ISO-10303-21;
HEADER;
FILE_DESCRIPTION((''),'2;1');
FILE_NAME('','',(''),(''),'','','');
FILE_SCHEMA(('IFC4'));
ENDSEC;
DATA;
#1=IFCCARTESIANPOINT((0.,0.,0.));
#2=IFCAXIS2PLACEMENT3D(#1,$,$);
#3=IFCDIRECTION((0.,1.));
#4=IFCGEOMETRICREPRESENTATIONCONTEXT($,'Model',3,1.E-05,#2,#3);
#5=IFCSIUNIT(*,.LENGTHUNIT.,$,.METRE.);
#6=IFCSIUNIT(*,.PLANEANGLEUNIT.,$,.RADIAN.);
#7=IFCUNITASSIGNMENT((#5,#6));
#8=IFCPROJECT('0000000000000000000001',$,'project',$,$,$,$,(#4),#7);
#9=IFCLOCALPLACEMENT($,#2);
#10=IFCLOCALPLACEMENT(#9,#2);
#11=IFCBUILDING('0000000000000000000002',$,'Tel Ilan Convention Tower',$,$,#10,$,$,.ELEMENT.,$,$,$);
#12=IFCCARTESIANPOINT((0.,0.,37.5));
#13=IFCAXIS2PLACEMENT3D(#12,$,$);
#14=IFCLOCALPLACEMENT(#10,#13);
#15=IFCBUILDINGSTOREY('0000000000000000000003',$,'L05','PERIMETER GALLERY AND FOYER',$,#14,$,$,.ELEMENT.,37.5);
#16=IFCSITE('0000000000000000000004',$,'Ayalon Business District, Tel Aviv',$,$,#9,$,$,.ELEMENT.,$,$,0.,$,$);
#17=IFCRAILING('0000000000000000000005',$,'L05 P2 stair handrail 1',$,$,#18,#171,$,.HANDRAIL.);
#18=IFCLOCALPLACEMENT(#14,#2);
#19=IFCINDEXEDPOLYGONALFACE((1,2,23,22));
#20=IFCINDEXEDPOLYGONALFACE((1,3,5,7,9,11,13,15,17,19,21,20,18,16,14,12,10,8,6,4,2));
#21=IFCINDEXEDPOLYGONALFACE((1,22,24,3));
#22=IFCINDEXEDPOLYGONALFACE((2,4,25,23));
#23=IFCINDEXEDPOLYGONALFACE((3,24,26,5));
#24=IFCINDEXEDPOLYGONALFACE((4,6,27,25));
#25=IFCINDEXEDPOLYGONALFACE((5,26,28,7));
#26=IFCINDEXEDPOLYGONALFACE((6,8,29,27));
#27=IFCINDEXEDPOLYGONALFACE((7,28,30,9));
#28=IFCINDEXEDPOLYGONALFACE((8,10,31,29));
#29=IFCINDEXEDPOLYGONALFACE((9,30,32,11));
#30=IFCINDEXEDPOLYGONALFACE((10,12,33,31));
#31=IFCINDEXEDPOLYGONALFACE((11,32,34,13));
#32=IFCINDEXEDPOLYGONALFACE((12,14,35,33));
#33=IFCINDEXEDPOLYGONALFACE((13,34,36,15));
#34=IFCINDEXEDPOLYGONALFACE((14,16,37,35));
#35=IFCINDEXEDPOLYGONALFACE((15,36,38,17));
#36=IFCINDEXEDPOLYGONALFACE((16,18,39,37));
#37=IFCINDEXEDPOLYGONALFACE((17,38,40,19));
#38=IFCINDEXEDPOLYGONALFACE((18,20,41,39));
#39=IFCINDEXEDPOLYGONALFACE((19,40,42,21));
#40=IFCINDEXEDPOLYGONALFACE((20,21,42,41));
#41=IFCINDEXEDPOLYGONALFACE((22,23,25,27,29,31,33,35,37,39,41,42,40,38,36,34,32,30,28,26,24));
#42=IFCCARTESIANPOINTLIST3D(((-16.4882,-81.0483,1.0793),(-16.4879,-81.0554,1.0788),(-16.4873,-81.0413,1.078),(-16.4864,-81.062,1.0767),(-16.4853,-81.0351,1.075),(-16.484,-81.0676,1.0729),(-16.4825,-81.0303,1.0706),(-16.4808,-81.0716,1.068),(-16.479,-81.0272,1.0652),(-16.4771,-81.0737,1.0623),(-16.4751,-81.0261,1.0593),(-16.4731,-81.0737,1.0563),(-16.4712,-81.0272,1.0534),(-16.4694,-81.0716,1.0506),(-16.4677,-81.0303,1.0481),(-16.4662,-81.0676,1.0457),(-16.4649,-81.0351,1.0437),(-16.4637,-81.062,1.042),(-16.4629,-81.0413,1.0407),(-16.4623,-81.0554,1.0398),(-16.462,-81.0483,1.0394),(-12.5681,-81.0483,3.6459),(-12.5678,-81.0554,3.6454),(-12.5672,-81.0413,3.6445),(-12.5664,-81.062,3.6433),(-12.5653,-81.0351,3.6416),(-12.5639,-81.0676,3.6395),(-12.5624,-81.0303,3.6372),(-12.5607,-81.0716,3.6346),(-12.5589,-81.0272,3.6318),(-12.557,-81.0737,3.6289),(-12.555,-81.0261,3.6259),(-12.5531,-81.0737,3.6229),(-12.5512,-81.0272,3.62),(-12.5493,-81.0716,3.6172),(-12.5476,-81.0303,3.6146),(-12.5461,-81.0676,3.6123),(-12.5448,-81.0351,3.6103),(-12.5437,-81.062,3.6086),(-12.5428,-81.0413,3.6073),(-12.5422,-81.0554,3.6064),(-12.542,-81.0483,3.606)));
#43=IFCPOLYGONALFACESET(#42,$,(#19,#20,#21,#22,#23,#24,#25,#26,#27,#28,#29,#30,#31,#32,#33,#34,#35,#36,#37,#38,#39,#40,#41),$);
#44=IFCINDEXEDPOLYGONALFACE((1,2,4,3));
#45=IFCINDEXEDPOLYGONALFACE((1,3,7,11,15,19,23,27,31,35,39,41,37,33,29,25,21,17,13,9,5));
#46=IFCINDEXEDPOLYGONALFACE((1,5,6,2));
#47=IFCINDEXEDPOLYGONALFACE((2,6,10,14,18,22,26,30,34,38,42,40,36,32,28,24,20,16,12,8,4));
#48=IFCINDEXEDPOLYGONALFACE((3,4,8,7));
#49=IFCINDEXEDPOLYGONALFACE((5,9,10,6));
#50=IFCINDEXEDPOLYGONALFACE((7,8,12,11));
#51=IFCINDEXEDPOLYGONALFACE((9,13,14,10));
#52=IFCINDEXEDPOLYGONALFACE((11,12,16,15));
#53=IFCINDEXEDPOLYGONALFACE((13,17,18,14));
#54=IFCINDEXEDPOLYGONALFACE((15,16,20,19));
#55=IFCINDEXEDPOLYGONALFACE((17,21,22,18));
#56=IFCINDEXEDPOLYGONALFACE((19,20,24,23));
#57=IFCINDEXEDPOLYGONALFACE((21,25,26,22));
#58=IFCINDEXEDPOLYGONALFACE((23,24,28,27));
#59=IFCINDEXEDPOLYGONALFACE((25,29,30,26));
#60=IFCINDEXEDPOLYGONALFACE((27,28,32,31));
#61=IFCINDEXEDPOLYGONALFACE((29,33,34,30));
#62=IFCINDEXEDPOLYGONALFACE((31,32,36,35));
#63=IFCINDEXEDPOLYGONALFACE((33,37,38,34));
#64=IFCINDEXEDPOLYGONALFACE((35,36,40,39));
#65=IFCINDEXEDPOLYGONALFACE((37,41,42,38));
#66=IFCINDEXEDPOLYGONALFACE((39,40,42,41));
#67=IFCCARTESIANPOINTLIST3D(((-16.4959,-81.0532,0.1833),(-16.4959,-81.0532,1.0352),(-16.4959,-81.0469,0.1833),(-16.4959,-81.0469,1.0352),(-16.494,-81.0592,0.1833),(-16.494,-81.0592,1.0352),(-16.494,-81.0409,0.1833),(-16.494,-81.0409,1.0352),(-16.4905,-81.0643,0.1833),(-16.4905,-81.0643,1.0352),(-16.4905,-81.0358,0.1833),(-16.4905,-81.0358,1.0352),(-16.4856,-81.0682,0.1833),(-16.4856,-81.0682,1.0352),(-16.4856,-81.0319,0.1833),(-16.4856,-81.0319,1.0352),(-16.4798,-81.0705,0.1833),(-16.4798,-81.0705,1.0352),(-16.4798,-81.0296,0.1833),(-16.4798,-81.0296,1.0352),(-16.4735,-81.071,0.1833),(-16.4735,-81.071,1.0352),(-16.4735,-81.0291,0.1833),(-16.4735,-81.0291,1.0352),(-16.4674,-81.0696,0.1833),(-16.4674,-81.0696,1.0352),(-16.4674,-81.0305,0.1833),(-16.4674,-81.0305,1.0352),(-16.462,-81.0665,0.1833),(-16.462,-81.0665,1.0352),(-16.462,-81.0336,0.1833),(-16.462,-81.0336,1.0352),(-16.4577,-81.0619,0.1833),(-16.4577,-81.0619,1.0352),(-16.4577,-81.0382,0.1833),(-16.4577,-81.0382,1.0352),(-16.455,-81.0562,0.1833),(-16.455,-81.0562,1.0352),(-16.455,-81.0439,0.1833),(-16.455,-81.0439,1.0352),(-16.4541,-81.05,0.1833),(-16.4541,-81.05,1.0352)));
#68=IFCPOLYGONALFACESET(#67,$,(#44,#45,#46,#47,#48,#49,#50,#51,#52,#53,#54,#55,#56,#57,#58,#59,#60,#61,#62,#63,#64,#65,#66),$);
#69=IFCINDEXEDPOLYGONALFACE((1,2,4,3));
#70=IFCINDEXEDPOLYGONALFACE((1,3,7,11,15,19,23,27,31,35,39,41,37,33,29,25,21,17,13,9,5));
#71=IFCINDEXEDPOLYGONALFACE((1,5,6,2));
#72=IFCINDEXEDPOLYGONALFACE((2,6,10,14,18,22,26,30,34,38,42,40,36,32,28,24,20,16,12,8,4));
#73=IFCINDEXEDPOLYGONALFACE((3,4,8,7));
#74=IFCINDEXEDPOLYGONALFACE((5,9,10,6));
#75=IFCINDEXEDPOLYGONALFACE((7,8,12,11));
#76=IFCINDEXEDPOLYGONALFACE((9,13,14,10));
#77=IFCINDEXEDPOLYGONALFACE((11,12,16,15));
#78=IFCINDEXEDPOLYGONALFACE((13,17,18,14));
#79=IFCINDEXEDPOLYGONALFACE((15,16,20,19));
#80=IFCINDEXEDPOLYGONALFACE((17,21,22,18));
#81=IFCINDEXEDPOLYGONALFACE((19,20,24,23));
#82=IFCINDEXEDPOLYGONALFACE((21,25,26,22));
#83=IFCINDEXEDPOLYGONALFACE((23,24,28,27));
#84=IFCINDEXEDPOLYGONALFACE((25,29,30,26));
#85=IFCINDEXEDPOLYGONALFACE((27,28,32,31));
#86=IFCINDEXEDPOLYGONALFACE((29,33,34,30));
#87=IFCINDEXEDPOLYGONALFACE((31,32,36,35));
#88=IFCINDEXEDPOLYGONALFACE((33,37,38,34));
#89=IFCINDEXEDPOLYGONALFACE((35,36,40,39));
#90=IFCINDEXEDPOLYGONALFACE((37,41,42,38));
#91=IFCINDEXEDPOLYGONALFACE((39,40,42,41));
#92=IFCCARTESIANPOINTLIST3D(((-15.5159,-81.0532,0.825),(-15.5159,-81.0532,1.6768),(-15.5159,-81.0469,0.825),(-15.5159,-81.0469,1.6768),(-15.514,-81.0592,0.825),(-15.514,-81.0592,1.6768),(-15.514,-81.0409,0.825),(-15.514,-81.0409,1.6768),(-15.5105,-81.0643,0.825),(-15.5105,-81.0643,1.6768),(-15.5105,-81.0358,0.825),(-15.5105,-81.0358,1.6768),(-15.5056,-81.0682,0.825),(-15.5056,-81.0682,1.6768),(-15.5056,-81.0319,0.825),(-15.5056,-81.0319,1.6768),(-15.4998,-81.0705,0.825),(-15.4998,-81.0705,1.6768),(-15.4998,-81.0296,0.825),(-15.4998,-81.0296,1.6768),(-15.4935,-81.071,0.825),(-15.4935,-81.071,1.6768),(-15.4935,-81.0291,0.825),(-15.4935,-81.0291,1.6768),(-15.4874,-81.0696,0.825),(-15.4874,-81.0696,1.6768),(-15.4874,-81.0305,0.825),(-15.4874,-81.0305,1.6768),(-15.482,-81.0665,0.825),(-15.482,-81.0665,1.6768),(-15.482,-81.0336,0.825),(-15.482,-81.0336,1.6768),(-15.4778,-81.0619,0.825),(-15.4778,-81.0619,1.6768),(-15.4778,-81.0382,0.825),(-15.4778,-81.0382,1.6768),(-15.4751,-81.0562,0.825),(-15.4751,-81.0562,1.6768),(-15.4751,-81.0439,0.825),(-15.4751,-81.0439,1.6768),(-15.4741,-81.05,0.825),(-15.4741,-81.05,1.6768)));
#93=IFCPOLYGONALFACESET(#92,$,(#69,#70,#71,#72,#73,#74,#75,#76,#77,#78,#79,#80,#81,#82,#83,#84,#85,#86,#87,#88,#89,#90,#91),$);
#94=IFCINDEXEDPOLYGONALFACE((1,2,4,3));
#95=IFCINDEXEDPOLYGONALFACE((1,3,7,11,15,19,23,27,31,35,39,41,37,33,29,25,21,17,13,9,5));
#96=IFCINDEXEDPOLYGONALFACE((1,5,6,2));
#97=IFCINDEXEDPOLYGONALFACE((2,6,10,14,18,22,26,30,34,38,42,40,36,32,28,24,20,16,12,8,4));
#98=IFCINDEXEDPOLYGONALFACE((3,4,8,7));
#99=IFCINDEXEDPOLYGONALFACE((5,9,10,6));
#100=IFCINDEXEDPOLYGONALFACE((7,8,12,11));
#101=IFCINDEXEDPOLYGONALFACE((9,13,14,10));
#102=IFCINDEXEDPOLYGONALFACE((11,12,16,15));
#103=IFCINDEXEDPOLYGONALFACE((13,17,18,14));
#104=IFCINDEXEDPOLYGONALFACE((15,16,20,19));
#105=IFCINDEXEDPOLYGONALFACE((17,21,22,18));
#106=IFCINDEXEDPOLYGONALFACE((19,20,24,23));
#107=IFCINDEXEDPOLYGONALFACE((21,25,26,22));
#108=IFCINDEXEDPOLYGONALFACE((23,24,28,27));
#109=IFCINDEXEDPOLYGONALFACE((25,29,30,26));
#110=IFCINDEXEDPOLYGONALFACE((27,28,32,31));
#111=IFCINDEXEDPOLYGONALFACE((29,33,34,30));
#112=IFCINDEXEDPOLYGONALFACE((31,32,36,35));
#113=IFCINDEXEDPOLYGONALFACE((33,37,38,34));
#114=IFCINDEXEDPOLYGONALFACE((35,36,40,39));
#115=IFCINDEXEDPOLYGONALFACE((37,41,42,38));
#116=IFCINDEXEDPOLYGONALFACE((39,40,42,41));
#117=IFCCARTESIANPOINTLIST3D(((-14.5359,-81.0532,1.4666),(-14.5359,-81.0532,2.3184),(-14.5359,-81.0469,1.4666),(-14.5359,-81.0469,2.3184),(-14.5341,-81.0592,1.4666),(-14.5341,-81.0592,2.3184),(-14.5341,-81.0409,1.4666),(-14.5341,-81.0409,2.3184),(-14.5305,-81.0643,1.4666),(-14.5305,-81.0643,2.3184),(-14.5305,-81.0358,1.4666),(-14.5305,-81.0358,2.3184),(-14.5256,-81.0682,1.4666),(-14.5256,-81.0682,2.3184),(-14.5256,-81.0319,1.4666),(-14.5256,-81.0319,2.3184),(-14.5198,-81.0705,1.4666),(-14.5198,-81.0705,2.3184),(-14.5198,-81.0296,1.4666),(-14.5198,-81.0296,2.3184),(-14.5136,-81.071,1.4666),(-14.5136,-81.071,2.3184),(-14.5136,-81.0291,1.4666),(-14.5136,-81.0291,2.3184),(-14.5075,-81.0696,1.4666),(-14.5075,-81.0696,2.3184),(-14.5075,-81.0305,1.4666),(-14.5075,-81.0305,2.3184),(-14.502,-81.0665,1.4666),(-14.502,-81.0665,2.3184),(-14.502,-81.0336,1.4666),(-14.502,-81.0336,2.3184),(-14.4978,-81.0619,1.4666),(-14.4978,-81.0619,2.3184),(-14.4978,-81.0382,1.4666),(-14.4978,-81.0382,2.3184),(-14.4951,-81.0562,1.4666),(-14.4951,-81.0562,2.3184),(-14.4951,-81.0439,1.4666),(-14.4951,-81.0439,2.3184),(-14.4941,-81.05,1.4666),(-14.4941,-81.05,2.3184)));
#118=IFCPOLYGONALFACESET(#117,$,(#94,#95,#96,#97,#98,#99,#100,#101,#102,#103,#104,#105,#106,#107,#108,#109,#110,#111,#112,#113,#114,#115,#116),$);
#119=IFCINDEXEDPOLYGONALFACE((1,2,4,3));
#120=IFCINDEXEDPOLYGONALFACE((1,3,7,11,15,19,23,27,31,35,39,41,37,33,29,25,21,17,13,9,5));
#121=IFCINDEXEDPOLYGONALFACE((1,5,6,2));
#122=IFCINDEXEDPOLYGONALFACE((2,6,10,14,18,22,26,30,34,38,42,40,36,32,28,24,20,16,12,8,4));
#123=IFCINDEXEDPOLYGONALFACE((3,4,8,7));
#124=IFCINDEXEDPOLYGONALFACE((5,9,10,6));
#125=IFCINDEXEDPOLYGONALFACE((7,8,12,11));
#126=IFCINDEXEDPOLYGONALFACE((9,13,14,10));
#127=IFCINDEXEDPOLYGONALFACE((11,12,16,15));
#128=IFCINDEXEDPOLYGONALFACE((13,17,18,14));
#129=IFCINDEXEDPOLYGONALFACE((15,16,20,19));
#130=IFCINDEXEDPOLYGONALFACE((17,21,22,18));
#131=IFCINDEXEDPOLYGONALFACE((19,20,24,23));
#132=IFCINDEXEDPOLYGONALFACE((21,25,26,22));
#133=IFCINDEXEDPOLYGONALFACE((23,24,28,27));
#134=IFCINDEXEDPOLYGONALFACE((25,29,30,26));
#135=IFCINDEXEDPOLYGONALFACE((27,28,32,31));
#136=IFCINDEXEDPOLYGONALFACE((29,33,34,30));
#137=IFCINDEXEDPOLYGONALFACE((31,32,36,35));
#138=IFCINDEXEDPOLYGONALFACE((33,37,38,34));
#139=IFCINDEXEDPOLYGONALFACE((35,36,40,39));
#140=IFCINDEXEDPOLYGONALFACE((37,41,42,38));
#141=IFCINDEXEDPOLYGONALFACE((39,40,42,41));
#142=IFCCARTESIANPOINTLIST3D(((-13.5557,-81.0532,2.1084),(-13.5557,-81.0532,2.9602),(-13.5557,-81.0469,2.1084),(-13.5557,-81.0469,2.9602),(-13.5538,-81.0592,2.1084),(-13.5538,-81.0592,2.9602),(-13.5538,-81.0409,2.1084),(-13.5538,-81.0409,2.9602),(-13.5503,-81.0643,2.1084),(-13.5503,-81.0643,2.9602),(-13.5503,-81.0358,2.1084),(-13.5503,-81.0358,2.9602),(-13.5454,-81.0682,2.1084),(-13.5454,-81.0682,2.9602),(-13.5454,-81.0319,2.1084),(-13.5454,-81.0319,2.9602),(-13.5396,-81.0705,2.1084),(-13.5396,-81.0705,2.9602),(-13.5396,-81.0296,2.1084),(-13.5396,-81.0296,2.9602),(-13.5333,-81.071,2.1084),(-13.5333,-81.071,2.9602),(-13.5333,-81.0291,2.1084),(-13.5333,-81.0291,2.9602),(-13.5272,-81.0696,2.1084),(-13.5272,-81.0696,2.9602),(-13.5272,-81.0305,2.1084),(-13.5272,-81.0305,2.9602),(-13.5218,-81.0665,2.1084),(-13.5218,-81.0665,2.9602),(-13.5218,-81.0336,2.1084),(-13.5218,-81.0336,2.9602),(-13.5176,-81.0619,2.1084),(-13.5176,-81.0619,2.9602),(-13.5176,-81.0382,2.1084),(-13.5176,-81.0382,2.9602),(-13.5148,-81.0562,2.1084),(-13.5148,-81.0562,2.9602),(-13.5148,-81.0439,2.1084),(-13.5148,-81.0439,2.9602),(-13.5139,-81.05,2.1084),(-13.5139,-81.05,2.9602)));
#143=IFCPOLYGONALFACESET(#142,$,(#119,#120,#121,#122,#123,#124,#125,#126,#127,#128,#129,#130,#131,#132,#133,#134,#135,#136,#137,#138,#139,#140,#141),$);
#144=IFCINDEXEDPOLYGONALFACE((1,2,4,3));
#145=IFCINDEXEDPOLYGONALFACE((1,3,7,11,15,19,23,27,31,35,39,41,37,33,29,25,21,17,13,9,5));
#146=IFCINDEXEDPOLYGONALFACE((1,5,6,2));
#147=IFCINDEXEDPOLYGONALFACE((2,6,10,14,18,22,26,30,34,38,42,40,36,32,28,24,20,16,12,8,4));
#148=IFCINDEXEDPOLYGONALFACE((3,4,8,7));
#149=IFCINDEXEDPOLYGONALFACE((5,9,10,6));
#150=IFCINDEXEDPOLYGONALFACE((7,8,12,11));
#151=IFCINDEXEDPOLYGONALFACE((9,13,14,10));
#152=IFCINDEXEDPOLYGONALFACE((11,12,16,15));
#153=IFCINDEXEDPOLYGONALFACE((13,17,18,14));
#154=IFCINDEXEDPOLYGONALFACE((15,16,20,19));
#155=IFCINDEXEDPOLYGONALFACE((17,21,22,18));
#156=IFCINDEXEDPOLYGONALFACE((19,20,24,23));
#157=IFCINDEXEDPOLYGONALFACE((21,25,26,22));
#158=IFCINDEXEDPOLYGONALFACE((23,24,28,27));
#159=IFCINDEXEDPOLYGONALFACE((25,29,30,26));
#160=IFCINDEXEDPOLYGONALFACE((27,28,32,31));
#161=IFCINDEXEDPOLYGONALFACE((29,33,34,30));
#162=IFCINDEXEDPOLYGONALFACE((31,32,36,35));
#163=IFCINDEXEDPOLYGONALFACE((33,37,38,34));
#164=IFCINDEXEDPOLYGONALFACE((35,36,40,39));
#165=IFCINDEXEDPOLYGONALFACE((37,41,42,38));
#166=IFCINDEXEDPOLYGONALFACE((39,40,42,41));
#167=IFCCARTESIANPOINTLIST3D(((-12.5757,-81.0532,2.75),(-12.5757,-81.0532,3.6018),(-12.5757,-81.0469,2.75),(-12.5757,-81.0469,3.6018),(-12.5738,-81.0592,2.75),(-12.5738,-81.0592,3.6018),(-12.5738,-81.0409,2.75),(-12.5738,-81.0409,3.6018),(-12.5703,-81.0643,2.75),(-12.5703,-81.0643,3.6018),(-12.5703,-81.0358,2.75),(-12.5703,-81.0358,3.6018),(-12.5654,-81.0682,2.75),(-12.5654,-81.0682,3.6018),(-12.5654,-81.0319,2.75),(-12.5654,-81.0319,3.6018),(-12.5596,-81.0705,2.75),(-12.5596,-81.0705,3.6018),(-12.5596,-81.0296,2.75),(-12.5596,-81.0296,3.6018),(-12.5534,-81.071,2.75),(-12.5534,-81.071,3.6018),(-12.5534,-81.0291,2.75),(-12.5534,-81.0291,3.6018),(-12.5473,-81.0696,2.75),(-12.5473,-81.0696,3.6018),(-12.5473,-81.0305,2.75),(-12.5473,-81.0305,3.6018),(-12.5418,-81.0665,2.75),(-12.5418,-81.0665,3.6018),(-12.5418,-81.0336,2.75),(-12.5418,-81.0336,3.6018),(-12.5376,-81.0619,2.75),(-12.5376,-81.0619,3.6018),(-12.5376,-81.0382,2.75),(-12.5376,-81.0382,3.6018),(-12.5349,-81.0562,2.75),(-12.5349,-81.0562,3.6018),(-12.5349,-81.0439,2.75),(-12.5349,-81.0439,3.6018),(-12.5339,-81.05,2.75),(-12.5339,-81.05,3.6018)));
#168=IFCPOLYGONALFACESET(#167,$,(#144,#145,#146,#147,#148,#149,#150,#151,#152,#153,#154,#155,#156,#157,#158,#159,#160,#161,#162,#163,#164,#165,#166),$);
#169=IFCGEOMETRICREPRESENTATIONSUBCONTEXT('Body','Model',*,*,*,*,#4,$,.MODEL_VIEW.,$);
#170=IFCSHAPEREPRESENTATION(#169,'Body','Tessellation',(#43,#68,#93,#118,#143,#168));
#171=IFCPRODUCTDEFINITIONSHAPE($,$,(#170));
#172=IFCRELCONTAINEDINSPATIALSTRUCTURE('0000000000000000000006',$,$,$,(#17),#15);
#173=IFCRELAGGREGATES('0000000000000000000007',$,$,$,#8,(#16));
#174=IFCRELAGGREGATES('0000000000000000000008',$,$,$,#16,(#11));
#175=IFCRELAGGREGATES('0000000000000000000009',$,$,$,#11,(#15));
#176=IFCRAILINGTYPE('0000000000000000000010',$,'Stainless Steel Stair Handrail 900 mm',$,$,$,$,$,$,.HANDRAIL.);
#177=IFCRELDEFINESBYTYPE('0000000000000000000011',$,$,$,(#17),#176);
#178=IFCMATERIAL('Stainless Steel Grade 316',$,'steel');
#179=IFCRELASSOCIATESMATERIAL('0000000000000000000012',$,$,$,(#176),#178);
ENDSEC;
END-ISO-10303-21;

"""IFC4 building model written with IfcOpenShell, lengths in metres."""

from ifc_helpers import new_model, si_unit, direction, frame, origin, origin_2d, place, context, subcontext, project, spatial, circle, extrude, material, type_object, element, save


model = new_model("IFC4")

# Units and contexts
model_context = context("Model", 3, precision=1e-05, world=origin(), true_north=direction((0.0, 1.0)))
body_context = subcontext(model_context, "Body", "Model", "MODEL_VIEW")
ifc_project = project(units=[si_unit("LENGTHUNIT", "METRE"), si_unit("PLANEANGLEUNIT", "RADIAN")], contexts=[model_context])

# Site, building, storey
site_placement = place(None, origin())
site = spatial("IfcSite", under=ifc_project, at=site_placement, Name="Ayalon Business District, Tel Aviv", CompositionType="ELEMENT", RefElevation=0.0)
building_placement = place(site_placement, origin())
building = spatial("IfcBuilding", under=site, at=building_placement, Name="Tel Ilan Convention Tower", CompositionType="ELEMENT")
storey_placement = place(building_placement, frame((0.0, 0.0, 37.5)))
storey = spatial("IfcBuildingStorey", under=building, at=storey_placement, Name="L05", Description="PERIMETER GALLERY AND FOYER", CompositionType="ELEMENT", Elevation=37.5)

# Railing
ifc_material_1 = material(Name="Stainless Steel Grade 316", Category="steel")
railing_type_1 = type_object("IfcRailingType", Name="Stainless Steel Stair Handrail 900 mm", PredefinedType="HANDRAIL", material=ifc_material_1)
railing_1_placement = place(storey_placement, frame((-16.4751, -81.05, 0.1833)))
element("IfcRailing", 1, at=railing_1_placement, inside=storey, type_object=railing_type_1, Name="L05 P2 stair handrail 1", PredefinedType="HANDRAIL", context=body_context, shape_type="SweptSolid", body=[
    extrude(circle(Radius=0.0239, at=origin_2d()), frame((0.0, 0.0, 0.876), z_axis=(0.836631, 0.0, 0.547767), x_axis=(0.0, 1.0, 0.0)), (0.0, 0.0, 1.0), 4.6855),
    extrude(circle(Radius=0.021, at=origin_2d()), origin(), (0.0, 0.0, 1.0), 0.8518),
    extrude(circle(Radius=0.021, at=origin_2d()), frame((0.98, 0.0, 0.6416)), (0.0, 0.0, 1.0), 0.8518),
    extrude(circle(Radius=0.021, at=origin_2d()), frame((1.96, 0.0, 1.2832)), (0.0, 0.0, 1.0), 0.8518),
    extrude(circle(Radius=0.021, at=origin_2d()), frame((2.9402, 0.0, 1.925)), (0.0, 0.0, 1.0), 0.8518),
    extrude(circle(Radius=0.021, at=origin_2d()), frame((3.9202, 0.0, 2.5667)), (0.0, 0.0, 1.0), 0.8518),
])

save(model, "model.ifc")
